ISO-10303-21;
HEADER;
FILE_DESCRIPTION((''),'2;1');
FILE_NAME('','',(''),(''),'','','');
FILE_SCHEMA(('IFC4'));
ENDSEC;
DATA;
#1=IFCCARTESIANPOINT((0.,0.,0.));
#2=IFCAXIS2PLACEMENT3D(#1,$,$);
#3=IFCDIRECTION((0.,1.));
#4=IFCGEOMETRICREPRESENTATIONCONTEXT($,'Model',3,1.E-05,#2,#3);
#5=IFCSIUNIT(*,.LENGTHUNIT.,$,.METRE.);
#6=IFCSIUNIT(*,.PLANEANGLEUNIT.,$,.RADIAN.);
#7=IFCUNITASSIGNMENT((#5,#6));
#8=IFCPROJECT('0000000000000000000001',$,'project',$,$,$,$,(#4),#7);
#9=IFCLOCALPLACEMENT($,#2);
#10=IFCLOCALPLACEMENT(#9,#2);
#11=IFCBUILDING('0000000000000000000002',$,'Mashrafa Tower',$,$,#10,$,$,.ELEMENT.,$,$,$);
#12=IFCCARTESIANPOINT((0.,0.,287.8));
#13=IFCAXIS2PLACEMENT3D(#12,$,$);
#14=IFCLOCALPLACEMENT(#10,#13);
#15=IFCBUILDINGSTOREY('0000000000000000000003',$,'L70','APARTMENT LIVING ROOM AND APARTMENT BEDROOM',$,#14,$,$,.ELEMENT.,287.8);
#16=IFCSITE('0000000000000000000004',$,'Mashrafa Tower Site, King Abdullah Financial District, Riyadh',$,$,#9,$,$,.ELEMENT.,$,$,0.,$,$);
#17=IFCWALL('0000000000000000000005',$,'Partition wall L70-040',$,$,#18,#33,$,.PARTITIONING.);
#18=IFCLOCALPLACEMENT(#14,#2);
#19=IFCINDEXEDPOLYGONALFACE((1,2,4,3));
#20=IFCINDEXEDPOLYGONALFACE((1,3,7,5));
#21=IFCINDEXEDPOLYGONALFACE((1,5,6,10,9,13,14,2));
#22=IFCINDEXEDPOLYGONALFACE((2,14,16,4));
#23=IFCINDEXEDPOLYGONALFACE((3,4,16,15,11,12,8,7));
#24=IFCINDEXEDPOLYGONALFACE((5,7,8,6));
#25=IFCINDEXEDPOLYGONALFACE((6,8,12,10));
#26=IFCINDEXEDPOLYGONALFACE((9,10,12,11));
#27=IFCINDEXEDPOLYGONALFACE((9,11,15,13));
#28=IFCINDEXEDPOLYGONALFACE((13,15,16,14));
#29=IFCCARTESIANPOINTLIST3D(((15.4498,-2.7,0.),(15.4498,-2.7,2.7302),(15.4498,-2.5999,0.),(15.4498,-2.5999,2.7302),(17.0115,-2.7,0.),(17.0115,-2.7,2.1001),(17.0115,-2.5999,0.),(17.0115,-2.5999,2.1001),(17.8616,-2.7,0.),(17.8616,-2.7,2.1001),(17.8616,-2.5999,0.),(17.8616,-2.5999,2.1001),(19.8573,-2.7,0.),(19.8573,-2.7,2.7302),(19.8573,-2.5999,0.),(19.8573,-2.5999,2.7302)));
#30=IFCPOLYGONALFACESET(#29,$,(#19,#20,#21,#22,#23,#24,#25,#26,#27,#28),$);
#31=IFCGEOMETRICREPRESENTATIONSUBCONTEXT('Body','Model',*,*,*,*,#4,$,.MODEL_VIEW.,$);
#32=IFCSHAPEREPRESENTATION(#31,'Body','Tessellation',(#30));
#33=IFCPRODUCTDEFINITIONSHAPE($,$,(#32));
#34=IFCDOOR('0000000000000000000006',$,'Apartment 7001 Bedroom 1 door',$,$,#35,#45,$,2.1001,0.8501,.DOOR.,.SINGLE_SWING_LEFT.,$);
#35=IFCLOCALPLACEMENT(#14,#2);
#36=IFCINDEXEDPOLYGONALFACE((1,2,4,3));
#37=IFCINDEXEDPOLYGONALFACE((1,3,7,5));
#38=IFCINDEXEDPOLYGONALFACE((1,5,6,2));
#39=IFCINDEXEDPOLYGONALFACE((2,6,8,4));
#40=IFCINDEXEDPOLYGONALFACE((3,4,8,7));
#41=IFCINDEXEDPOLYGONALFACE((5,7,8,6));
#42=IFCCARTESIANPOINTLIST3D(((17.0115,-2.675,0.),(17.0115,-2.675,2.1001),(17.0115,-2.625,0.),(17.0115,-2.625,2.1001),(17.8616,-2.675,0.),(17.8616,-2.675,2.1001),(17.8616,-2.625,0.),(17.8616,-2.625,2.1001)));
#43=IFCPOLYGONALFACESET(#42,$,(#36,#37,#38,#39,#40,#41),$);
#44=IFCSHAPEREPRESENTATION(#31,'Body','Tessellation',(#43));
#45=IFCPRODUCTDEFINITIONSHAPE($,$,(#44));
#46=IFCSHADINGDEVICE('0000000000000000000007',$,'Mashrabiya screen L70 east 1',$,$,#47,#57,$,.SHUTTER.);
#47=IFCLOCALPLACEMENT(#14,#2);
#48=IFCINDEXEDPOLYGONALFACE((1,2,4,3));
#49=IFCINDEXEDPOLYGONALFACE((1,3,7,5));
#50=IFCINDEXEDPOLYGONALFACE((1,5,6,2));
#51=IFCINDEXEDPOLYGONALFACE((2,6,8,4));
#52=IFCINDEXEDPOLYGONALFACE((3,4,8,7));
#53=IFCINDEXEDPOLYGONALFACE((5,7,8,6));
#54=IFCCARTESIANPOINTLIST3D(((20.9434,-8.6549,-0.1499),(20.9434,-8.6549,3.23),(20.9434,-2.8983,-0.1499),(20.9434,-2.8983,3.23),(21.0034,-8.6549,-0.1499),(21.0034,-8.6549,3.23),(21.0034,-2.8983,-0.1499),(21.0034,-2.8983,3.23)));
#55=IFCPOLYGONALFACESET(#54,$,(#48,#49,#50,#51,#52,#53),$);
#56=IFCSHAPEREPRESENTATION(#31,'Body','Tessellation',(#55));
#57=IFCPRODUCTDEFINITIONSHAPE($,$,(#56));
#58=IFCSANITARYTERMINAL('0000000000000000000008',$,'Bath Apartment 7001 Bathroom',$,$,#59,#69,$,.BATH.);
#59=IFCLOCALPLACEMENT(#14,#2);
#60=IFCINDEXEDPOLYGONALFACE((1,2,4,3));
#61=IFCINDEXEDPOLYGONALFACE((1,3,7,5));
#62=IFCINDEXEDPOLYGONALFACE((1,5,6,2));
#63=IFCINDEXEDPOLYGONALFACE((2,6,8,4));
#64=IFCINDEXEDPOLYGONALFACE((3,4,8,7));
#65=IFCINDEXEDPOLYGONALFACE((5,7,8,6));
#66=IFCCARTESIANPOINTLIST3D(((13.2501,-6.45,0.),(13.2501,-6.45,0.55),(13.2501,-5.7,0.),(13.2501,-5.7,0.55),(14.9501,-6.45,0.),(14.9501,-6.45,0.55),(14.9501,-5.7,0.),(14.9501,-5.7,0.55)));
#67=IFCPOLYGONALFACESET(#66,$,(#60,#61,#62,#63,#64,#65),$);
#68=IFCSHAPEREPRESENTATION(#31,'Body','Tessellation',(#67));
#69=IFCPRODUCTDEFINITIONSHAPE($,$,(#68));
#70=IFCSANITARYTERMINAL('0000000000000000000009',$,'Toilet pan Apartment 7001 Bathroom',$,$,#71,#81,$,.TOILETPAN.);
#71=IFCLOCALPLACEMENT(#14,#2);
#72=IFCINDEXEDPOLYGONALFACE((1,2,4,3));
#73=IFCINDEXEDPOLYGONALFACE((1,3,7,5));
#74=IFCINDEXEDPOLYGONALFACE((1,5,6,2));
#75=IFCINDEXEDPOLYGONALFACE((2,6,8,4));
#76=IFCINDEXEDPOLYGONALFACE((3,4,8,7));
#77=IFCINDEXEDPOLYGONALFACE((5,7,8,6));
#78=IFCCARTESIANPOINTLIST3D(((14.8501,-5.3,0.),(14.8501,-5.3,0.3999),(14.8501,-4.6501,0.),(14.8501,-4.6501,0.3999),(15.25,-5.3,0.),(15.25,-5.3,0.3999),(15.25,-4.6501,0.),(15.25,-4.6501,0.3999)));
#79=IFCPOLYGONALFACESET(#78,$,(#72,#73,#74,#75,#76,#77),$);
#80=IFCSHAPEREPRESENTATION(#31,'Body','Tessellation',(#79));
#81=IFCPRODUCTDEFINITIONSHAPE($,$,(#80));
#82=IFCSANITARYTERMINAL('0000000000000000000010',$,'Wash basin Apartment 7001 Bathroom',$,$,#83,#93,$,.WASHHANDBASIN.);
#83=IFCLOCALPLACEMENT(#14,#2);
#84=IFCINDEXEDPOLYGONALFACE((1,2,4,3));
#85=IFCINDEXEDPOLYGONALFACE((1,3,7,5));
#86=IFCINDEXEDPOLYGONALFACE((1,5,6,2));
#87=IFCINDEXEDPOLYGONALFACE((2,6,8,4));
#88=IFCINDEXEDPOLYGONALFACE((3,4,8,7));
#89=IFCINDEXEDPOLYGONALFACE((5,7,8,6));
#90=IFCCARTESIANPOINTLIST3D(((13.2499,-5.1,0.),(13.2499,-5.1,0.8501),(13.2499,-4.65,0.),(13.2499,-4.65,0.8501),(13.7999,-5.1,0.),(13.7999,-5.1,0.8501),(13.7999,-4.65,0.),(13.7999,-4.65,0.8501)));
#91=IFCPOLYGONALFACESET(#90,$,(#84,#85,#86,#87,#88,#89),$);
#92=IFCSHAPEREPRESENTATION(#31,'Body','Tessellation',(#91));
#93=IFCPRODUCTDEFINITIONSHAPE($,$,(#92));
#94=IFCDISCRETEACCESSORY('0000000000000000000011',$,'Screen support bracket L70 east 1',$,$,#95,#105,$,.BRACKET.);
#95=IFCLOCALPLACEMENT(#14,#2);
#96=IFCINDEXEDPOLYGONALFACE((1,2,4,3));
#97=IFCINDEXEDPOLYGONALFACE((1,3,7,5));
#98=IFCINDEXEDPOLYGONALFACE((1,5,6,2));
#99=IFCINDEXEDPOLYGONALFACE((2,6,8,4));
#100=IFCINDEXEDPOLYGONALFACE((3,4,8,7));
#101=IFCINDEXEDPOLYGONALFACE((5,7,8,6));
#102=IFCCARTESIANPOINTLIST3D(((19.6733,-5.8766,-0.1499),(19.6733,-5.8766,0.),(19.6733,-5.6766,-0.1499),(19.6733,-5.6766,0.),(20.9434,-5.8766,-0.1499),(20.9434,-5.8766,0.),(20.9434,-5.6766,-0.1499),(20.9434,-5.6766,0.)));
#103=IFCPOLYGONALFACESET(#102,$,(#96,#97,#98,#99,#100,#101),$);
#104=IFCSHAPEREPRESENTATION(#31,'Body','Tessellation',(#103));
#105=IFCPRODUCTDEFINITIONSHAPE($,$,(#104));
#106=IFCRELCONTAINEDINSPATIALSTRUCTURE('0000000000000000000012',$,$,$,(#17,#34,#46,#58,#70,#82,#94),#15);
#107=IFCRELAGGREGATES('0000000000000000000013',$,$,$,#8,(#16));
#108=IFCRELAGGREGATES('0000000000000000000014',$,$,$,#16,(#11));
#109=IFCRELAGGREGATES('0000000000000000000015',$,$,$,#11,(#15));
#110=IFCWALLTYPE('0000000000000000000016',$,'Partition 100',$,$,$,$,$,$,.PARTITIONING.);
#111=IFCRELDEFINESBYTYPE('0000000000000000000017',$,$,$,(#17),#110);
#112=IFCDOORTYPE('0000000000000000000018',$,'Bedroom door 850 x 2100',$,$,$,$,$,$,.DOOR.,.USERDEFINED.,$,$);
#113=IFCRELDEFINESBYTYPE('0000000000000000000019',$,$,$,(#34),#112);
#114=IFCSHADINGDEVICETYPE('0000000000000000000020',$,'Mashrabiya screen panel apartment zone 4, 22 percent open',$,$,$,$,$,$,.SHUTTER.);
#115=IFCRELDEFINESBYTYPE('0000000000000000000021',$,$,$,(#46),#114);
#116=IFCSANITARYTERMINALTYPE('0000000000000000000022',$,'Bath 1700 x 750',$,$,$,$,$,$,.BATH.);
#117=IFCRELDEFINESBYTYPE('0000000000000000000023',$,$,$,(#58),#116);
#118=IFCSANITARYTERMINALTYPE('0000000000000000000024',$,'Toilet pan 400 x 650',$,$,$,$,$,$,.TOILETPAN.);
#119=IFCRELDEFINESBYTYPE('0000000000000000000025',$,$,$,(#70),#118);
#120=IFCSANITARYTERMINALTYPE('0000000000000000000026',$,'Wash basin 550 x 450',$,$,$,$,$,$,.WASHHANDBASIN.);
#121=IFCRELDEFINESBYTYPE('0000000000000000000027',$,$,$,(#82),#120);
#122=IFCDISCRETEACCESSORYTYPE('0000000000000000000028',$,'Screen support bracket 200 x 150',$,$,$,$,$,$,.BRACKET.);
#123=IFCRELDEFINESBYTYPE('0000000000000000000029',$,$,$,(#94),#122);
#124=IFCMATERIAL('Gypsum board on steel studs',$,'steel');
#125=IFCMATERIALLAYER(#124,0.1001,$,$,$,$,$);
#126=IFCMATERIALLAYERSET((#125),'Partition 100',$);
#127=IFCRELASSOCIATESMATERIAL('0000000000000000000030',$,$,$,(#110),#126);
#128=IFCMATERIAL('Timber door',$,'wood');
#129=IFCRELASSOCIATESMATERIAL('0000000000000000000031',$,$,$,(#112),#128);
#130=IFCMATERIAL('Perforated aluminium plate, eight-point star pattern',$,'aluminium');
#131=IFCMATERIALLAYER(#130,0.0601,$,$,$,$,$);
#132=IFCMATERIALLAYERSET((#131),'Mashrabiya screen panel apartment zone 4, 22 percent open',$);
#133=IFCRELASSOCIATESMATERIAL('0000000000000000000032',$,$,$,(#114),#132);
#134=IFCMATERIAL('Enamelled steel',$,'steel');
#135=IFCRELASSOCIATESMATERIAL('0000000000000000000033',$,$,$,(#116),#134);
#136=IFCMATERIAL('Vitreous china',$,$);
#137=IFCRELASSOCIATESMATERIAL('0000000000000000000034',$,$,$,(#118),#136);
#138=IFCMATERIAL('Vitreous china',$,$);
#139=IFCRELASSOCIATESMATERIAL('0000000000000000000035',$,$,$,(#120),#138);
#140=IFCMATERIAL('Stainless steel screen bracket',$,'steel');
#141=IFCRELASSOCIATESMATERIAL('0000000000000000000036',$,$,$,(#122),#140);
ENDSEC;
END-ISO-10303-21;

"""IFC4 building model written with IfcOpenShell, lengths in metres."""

from ifc_helpers import new_model, si_unit, direction, frame, frame_2d, origin, origin_2d, place, context, subcontext, project, spatial, rectangle, extrude, source, transform, mapped, material, layer, layer_set, type_object, type_shapes, element, fill, save


model = new_model("IFC4")

# Units and contexts
model_context = context("Model", 3, precision=1e-05, world=origin(), true_north=direction((0.0, 1.0)))
body_context = subcontext(model_context, "Body", "Model", "MODEL_VIEW")
ifc_project = project(units=[si_unit("LENGTHUNIT", "METRE"), si_unit("PLANEANGLEUNIT", "RADIAN")], contexts=[model_context])

# Site, building, storey
site_placement = place(None, origin())
site = spatial("IfcSite", under=ifc_project, at=site_placement, Name="Mashrafa Tower Site, King Abdullah Financial District, Riyadh", CompositionType="ELEMENT", RefElevation=0.0)
building_placement = place(site_placement, origin())
building = spatial("IfcBuilding", under=site, at=building_placement, Name="Mashrafa Tower", CompositionType="ELEMENT")
storey_placement = place(building_placement, frame((0.0, 0.0, 287.8)))
storey = spatial("IfcBuildingStorey", under=building, at=storey_placement, Name="L70", Description="APARTMENT LIVING ROOM AND APARTMENT BEDROOM", CompositionType="ELEMENT", Elevation=287.8)

# Shared definitions
ifc_material_1 = material(Name="Gypsum board on steel studs", Category="steel")
ifc_layer_1 = layer(ifc_material_1, 0.1001)
ifc_layer_set_1 = layer_set([ifc_layer_1], Name="Partition 100")
wall_type_1 = type_object("IfcWallType", Name="Partition 100", PredefinedType="PARTITIONING", material=ifc_layer_set_1)

# Wall, opening, door
wall_1_placement = place(storey_placement, frame((15.45, -2.6499, 0.0), z_axis=(0.0, 0.0, 1.0), x_axis=(1.0, 0.0, 0.0)))
wall_1 = element("IfcWall", 1, at=wall_1_placement, inside=storey, type_object=wall_type_1, Name="Partition wall L70-040", PredefinedType="PARTITIONING", context=body_context, shape_type="SweptSolid", body=[
    extrude(rectangle(XDim=4.4075, YDim=0.1001, at=frame_2d((2.2036, 0.0))), origin(), (0.0, 0.0, 1.0), 2.7302),
])
opening_1_placement = place(wall_1_placement, frame((1.5615, 0.0, 0.0)))
opening_1 = element("IfcOpeningElement", 2, at=opening_1_placement, cuts=wall_1, PredefinedType="OPENING", context=body_context, shape_type="SweptSolid", body=[
    extrude(rectangle(XDim=0.8501, YDim=2.1001, at=frame_2d((0.425, 1.05))), frame((0.0, 0.0601, 0.0), z_axis=(0.0, -1.0, 0.0), x_axis=(1.0, 0.0, 0.0)), (0.0, 0.0, 1.0), 0.1201),
])
ifc_material_2 = material(Name="Timber door", Category="wood")
door_type_1 = type_object("IfcDoorType", Name="Bedroom door 850 x 2100", OperationType="USERDEFINED", PredefinedType="DOOR", material=ifc_material_2)
door_1_placement = place(opening_1_placement, origin())
door_1 = element("IfcDoor", 3, at=door_1_placement, inside=storey, type_object=door_type_1, Name="Apartment 7001 Bedroom 1 door", OperationType="SINGLE_SWING_LEFT", OverallHeight=2.1001, OverallWidth=0.8501, PredefinedType="DOOR", context=body_context, shape_type="SweptSolid", body=[
    extrude(rectangle(XDim=0.8501, YDim=2.1001, at=frame_2d((0.425, 1.05))), frame((0.0, 0.0249, 0.0), z_axis=(0.0, -1.0, 0.0), x_axis=(1.0, 0.0, 0.0)), (0.0, 0.0, 1.0), 0.05),
])
fill(opening_1, door_1)

# Shading device
ifc_material_3 = material(Name="Perforated aluminium plate, eight-point star pattern", Category="aluminium")
ifc_layer_2 = layer(ifc_material_3, 0.0601)
ifc_layer_set_2 = layer_set([ifc_layer_2], Name="Mashrabiya screen panel apartment zone 4, 22 percent open")
shading_device_type = type_object("IfcShadingDeviceType", Name="Mashrabiya screen panel apartment zone 4, 22 percent open", PredefinedType="SHUTTER", material=ifc_layer_set_2)
shared_shape_1 = source(origin(), body_context, "Body", "SweptSolid", [
    extrude(rectangle(XDim=5.7566, YDim=0.0601, at=origin_2d()), origin(), (0.0, 0.0, 1.0), 3.3799),
])
type_shapes(shading_device_type, [shared_shape_1])
shading_device_placement = place(storey_placement, frame((20.9734, -5.7766, -0.1499), z_axis=(0.0, 0.0, 1.0), x_axis=(0.0, 1.0, 0.0)))
element("IfcShadingDevice", 4, at=shading_device_placement, inside=storey, type_object=shading_device_type, Name="Mashrabiya screen L70 east 1", PredefinedType="SHUTTER", context=body_context, shape_type="MappedRepresentation", body=[
    mapped(shared_shape_1, transform((0.0, 0.0, 0.0))),
])

# Sanitary terminals
ifc_material_4 = material(Name="Enamelled steel", Category="steel")
sanitary_terminal_type_1 = type_object("IfcSanitaryTerminalType", Name="Bath 1700 x 750", PredefinedType="BATH", material=ifc_material_4)
sanitary_terminal_1_placement = place(storey_placement, frame((14.1001, -6.075, 0.0), z_axis=(0.0, 0.0, 1.0), x_axis=(1.0, 0.0, 0.0)))
element("IfcSanitaryTerminal", 5, at=sanitary_terminal_1_placement, inside=storey, type_object=sanitary_terminal_type_1, Name="Bath Apartment 7001 Bathroom", PredefinedType="BATH", context=body_context, shape_type="SweptSolid", body=[
    extrude(rectangle(XDim=1.7, YDim=0.75, at=origin_2d()), origin(), (0.0, 0.0, 1.0), 0.55),
])
ifc_material_5 = material(Name="Vitreous china")
sanitary_terminal_type_2 = type_object("IfcSanitaryTerminalType", Name="Toilet pan 400 x 650", PredefinedType="TOILETPAN", material=ifc_material_5)
sanitary_terminal_2_placement = place(storey_placement, frame((15.05, -4.9751, 0.0), z_axis=(0.0, 0.0, 1.0), x_axis=(-1.0, 0.0, 0.0)))
element("IfcSanitaryTerminal", 6, at=sanitary_terminal_2_placement, inside=storey, type_object=sanitary_terminal_type_2, Name="Toilet pan Apartment 7001 Bathroom", PredefinedType="TOILETPAN", context=body_context, shape_type="SweptSolid", body=[
    extrude(rectangle(XDim=0.3999, YDim=0.6499, at=origin_2d()), origin(), (0.0, 0.0, 1.0), 0.3999),
])
ifc_material_6 = material(Name="Vitreous china")
sanitary_terminal_type_3 = type_object("IfcSanitaryTerminalType", Name="Wash basin 550 x 450", PredefinedType="WASHHANDBASIN", material=ifc_material_6)
sanitary_terminal_3_placement = place(storey_placement, frame((13.5249, -4.875, 0.0), z_axis=(0.0, 0.0, 1.0), x_axis=(-1.0, 0.0, 0.0)))
element("IfcSanitaryTerminal", 7, at=sanitary_terminal_3_placement, inside=storey, type_object=sanitary_terminal_type_3, Name="Wash basin Apartment 7001 Bathroom", PredefinedType="WASHHANDBASIN", context=body_context, shape_type="SweptSolid", body=[
    extrude(rectangle(XDim=0.55, YDim=0.45, at=origin_2d()), origin(), (0.0, 0.0, 1.0), 0.8501),
])

# Discrete accessory
ifc_material_7 = material(Name="Stainless steel screen bracket", Category="steel")
discrete_accessory_type = type_object("IfcDiscreteAccessoryType", Name="Screen support bracket 200 x 150", PredefinedType="BRACKET", material=ifc_material_7)
shared_shape_2 = source(origin(), body_context, "Body", "SweptSolid", [
    extrude(rectangle(XDim=0.2, YDim=1.27, at=origin_2d()), origin(), (0.0, 0.0, 1.0), 0.1499),
])
type_shapes(discrete_accessory_type, [shared_shape_2])
discrete_accessory_placement = place(storey_placement, frame((20.3083, -5.7766, -0.1499), z_axis=(0.0, 0.0, 1.0), x_axis=(0.0, 1.0, 0.0)))
element("IfcDiscreteAccessory", 8, at=discrete_accessory_placement, inside=storey, type_object=discrete_accessory_type, Name="Screen support bracket L70 east 1", PredefinedType="BRACKET", context=body_context, shape_type="MappedRepresentation", body=[
    mapped(shared_shape_2, transform((0.0, 0.0, 0.0))),
])

save(model, "model.ifc")
